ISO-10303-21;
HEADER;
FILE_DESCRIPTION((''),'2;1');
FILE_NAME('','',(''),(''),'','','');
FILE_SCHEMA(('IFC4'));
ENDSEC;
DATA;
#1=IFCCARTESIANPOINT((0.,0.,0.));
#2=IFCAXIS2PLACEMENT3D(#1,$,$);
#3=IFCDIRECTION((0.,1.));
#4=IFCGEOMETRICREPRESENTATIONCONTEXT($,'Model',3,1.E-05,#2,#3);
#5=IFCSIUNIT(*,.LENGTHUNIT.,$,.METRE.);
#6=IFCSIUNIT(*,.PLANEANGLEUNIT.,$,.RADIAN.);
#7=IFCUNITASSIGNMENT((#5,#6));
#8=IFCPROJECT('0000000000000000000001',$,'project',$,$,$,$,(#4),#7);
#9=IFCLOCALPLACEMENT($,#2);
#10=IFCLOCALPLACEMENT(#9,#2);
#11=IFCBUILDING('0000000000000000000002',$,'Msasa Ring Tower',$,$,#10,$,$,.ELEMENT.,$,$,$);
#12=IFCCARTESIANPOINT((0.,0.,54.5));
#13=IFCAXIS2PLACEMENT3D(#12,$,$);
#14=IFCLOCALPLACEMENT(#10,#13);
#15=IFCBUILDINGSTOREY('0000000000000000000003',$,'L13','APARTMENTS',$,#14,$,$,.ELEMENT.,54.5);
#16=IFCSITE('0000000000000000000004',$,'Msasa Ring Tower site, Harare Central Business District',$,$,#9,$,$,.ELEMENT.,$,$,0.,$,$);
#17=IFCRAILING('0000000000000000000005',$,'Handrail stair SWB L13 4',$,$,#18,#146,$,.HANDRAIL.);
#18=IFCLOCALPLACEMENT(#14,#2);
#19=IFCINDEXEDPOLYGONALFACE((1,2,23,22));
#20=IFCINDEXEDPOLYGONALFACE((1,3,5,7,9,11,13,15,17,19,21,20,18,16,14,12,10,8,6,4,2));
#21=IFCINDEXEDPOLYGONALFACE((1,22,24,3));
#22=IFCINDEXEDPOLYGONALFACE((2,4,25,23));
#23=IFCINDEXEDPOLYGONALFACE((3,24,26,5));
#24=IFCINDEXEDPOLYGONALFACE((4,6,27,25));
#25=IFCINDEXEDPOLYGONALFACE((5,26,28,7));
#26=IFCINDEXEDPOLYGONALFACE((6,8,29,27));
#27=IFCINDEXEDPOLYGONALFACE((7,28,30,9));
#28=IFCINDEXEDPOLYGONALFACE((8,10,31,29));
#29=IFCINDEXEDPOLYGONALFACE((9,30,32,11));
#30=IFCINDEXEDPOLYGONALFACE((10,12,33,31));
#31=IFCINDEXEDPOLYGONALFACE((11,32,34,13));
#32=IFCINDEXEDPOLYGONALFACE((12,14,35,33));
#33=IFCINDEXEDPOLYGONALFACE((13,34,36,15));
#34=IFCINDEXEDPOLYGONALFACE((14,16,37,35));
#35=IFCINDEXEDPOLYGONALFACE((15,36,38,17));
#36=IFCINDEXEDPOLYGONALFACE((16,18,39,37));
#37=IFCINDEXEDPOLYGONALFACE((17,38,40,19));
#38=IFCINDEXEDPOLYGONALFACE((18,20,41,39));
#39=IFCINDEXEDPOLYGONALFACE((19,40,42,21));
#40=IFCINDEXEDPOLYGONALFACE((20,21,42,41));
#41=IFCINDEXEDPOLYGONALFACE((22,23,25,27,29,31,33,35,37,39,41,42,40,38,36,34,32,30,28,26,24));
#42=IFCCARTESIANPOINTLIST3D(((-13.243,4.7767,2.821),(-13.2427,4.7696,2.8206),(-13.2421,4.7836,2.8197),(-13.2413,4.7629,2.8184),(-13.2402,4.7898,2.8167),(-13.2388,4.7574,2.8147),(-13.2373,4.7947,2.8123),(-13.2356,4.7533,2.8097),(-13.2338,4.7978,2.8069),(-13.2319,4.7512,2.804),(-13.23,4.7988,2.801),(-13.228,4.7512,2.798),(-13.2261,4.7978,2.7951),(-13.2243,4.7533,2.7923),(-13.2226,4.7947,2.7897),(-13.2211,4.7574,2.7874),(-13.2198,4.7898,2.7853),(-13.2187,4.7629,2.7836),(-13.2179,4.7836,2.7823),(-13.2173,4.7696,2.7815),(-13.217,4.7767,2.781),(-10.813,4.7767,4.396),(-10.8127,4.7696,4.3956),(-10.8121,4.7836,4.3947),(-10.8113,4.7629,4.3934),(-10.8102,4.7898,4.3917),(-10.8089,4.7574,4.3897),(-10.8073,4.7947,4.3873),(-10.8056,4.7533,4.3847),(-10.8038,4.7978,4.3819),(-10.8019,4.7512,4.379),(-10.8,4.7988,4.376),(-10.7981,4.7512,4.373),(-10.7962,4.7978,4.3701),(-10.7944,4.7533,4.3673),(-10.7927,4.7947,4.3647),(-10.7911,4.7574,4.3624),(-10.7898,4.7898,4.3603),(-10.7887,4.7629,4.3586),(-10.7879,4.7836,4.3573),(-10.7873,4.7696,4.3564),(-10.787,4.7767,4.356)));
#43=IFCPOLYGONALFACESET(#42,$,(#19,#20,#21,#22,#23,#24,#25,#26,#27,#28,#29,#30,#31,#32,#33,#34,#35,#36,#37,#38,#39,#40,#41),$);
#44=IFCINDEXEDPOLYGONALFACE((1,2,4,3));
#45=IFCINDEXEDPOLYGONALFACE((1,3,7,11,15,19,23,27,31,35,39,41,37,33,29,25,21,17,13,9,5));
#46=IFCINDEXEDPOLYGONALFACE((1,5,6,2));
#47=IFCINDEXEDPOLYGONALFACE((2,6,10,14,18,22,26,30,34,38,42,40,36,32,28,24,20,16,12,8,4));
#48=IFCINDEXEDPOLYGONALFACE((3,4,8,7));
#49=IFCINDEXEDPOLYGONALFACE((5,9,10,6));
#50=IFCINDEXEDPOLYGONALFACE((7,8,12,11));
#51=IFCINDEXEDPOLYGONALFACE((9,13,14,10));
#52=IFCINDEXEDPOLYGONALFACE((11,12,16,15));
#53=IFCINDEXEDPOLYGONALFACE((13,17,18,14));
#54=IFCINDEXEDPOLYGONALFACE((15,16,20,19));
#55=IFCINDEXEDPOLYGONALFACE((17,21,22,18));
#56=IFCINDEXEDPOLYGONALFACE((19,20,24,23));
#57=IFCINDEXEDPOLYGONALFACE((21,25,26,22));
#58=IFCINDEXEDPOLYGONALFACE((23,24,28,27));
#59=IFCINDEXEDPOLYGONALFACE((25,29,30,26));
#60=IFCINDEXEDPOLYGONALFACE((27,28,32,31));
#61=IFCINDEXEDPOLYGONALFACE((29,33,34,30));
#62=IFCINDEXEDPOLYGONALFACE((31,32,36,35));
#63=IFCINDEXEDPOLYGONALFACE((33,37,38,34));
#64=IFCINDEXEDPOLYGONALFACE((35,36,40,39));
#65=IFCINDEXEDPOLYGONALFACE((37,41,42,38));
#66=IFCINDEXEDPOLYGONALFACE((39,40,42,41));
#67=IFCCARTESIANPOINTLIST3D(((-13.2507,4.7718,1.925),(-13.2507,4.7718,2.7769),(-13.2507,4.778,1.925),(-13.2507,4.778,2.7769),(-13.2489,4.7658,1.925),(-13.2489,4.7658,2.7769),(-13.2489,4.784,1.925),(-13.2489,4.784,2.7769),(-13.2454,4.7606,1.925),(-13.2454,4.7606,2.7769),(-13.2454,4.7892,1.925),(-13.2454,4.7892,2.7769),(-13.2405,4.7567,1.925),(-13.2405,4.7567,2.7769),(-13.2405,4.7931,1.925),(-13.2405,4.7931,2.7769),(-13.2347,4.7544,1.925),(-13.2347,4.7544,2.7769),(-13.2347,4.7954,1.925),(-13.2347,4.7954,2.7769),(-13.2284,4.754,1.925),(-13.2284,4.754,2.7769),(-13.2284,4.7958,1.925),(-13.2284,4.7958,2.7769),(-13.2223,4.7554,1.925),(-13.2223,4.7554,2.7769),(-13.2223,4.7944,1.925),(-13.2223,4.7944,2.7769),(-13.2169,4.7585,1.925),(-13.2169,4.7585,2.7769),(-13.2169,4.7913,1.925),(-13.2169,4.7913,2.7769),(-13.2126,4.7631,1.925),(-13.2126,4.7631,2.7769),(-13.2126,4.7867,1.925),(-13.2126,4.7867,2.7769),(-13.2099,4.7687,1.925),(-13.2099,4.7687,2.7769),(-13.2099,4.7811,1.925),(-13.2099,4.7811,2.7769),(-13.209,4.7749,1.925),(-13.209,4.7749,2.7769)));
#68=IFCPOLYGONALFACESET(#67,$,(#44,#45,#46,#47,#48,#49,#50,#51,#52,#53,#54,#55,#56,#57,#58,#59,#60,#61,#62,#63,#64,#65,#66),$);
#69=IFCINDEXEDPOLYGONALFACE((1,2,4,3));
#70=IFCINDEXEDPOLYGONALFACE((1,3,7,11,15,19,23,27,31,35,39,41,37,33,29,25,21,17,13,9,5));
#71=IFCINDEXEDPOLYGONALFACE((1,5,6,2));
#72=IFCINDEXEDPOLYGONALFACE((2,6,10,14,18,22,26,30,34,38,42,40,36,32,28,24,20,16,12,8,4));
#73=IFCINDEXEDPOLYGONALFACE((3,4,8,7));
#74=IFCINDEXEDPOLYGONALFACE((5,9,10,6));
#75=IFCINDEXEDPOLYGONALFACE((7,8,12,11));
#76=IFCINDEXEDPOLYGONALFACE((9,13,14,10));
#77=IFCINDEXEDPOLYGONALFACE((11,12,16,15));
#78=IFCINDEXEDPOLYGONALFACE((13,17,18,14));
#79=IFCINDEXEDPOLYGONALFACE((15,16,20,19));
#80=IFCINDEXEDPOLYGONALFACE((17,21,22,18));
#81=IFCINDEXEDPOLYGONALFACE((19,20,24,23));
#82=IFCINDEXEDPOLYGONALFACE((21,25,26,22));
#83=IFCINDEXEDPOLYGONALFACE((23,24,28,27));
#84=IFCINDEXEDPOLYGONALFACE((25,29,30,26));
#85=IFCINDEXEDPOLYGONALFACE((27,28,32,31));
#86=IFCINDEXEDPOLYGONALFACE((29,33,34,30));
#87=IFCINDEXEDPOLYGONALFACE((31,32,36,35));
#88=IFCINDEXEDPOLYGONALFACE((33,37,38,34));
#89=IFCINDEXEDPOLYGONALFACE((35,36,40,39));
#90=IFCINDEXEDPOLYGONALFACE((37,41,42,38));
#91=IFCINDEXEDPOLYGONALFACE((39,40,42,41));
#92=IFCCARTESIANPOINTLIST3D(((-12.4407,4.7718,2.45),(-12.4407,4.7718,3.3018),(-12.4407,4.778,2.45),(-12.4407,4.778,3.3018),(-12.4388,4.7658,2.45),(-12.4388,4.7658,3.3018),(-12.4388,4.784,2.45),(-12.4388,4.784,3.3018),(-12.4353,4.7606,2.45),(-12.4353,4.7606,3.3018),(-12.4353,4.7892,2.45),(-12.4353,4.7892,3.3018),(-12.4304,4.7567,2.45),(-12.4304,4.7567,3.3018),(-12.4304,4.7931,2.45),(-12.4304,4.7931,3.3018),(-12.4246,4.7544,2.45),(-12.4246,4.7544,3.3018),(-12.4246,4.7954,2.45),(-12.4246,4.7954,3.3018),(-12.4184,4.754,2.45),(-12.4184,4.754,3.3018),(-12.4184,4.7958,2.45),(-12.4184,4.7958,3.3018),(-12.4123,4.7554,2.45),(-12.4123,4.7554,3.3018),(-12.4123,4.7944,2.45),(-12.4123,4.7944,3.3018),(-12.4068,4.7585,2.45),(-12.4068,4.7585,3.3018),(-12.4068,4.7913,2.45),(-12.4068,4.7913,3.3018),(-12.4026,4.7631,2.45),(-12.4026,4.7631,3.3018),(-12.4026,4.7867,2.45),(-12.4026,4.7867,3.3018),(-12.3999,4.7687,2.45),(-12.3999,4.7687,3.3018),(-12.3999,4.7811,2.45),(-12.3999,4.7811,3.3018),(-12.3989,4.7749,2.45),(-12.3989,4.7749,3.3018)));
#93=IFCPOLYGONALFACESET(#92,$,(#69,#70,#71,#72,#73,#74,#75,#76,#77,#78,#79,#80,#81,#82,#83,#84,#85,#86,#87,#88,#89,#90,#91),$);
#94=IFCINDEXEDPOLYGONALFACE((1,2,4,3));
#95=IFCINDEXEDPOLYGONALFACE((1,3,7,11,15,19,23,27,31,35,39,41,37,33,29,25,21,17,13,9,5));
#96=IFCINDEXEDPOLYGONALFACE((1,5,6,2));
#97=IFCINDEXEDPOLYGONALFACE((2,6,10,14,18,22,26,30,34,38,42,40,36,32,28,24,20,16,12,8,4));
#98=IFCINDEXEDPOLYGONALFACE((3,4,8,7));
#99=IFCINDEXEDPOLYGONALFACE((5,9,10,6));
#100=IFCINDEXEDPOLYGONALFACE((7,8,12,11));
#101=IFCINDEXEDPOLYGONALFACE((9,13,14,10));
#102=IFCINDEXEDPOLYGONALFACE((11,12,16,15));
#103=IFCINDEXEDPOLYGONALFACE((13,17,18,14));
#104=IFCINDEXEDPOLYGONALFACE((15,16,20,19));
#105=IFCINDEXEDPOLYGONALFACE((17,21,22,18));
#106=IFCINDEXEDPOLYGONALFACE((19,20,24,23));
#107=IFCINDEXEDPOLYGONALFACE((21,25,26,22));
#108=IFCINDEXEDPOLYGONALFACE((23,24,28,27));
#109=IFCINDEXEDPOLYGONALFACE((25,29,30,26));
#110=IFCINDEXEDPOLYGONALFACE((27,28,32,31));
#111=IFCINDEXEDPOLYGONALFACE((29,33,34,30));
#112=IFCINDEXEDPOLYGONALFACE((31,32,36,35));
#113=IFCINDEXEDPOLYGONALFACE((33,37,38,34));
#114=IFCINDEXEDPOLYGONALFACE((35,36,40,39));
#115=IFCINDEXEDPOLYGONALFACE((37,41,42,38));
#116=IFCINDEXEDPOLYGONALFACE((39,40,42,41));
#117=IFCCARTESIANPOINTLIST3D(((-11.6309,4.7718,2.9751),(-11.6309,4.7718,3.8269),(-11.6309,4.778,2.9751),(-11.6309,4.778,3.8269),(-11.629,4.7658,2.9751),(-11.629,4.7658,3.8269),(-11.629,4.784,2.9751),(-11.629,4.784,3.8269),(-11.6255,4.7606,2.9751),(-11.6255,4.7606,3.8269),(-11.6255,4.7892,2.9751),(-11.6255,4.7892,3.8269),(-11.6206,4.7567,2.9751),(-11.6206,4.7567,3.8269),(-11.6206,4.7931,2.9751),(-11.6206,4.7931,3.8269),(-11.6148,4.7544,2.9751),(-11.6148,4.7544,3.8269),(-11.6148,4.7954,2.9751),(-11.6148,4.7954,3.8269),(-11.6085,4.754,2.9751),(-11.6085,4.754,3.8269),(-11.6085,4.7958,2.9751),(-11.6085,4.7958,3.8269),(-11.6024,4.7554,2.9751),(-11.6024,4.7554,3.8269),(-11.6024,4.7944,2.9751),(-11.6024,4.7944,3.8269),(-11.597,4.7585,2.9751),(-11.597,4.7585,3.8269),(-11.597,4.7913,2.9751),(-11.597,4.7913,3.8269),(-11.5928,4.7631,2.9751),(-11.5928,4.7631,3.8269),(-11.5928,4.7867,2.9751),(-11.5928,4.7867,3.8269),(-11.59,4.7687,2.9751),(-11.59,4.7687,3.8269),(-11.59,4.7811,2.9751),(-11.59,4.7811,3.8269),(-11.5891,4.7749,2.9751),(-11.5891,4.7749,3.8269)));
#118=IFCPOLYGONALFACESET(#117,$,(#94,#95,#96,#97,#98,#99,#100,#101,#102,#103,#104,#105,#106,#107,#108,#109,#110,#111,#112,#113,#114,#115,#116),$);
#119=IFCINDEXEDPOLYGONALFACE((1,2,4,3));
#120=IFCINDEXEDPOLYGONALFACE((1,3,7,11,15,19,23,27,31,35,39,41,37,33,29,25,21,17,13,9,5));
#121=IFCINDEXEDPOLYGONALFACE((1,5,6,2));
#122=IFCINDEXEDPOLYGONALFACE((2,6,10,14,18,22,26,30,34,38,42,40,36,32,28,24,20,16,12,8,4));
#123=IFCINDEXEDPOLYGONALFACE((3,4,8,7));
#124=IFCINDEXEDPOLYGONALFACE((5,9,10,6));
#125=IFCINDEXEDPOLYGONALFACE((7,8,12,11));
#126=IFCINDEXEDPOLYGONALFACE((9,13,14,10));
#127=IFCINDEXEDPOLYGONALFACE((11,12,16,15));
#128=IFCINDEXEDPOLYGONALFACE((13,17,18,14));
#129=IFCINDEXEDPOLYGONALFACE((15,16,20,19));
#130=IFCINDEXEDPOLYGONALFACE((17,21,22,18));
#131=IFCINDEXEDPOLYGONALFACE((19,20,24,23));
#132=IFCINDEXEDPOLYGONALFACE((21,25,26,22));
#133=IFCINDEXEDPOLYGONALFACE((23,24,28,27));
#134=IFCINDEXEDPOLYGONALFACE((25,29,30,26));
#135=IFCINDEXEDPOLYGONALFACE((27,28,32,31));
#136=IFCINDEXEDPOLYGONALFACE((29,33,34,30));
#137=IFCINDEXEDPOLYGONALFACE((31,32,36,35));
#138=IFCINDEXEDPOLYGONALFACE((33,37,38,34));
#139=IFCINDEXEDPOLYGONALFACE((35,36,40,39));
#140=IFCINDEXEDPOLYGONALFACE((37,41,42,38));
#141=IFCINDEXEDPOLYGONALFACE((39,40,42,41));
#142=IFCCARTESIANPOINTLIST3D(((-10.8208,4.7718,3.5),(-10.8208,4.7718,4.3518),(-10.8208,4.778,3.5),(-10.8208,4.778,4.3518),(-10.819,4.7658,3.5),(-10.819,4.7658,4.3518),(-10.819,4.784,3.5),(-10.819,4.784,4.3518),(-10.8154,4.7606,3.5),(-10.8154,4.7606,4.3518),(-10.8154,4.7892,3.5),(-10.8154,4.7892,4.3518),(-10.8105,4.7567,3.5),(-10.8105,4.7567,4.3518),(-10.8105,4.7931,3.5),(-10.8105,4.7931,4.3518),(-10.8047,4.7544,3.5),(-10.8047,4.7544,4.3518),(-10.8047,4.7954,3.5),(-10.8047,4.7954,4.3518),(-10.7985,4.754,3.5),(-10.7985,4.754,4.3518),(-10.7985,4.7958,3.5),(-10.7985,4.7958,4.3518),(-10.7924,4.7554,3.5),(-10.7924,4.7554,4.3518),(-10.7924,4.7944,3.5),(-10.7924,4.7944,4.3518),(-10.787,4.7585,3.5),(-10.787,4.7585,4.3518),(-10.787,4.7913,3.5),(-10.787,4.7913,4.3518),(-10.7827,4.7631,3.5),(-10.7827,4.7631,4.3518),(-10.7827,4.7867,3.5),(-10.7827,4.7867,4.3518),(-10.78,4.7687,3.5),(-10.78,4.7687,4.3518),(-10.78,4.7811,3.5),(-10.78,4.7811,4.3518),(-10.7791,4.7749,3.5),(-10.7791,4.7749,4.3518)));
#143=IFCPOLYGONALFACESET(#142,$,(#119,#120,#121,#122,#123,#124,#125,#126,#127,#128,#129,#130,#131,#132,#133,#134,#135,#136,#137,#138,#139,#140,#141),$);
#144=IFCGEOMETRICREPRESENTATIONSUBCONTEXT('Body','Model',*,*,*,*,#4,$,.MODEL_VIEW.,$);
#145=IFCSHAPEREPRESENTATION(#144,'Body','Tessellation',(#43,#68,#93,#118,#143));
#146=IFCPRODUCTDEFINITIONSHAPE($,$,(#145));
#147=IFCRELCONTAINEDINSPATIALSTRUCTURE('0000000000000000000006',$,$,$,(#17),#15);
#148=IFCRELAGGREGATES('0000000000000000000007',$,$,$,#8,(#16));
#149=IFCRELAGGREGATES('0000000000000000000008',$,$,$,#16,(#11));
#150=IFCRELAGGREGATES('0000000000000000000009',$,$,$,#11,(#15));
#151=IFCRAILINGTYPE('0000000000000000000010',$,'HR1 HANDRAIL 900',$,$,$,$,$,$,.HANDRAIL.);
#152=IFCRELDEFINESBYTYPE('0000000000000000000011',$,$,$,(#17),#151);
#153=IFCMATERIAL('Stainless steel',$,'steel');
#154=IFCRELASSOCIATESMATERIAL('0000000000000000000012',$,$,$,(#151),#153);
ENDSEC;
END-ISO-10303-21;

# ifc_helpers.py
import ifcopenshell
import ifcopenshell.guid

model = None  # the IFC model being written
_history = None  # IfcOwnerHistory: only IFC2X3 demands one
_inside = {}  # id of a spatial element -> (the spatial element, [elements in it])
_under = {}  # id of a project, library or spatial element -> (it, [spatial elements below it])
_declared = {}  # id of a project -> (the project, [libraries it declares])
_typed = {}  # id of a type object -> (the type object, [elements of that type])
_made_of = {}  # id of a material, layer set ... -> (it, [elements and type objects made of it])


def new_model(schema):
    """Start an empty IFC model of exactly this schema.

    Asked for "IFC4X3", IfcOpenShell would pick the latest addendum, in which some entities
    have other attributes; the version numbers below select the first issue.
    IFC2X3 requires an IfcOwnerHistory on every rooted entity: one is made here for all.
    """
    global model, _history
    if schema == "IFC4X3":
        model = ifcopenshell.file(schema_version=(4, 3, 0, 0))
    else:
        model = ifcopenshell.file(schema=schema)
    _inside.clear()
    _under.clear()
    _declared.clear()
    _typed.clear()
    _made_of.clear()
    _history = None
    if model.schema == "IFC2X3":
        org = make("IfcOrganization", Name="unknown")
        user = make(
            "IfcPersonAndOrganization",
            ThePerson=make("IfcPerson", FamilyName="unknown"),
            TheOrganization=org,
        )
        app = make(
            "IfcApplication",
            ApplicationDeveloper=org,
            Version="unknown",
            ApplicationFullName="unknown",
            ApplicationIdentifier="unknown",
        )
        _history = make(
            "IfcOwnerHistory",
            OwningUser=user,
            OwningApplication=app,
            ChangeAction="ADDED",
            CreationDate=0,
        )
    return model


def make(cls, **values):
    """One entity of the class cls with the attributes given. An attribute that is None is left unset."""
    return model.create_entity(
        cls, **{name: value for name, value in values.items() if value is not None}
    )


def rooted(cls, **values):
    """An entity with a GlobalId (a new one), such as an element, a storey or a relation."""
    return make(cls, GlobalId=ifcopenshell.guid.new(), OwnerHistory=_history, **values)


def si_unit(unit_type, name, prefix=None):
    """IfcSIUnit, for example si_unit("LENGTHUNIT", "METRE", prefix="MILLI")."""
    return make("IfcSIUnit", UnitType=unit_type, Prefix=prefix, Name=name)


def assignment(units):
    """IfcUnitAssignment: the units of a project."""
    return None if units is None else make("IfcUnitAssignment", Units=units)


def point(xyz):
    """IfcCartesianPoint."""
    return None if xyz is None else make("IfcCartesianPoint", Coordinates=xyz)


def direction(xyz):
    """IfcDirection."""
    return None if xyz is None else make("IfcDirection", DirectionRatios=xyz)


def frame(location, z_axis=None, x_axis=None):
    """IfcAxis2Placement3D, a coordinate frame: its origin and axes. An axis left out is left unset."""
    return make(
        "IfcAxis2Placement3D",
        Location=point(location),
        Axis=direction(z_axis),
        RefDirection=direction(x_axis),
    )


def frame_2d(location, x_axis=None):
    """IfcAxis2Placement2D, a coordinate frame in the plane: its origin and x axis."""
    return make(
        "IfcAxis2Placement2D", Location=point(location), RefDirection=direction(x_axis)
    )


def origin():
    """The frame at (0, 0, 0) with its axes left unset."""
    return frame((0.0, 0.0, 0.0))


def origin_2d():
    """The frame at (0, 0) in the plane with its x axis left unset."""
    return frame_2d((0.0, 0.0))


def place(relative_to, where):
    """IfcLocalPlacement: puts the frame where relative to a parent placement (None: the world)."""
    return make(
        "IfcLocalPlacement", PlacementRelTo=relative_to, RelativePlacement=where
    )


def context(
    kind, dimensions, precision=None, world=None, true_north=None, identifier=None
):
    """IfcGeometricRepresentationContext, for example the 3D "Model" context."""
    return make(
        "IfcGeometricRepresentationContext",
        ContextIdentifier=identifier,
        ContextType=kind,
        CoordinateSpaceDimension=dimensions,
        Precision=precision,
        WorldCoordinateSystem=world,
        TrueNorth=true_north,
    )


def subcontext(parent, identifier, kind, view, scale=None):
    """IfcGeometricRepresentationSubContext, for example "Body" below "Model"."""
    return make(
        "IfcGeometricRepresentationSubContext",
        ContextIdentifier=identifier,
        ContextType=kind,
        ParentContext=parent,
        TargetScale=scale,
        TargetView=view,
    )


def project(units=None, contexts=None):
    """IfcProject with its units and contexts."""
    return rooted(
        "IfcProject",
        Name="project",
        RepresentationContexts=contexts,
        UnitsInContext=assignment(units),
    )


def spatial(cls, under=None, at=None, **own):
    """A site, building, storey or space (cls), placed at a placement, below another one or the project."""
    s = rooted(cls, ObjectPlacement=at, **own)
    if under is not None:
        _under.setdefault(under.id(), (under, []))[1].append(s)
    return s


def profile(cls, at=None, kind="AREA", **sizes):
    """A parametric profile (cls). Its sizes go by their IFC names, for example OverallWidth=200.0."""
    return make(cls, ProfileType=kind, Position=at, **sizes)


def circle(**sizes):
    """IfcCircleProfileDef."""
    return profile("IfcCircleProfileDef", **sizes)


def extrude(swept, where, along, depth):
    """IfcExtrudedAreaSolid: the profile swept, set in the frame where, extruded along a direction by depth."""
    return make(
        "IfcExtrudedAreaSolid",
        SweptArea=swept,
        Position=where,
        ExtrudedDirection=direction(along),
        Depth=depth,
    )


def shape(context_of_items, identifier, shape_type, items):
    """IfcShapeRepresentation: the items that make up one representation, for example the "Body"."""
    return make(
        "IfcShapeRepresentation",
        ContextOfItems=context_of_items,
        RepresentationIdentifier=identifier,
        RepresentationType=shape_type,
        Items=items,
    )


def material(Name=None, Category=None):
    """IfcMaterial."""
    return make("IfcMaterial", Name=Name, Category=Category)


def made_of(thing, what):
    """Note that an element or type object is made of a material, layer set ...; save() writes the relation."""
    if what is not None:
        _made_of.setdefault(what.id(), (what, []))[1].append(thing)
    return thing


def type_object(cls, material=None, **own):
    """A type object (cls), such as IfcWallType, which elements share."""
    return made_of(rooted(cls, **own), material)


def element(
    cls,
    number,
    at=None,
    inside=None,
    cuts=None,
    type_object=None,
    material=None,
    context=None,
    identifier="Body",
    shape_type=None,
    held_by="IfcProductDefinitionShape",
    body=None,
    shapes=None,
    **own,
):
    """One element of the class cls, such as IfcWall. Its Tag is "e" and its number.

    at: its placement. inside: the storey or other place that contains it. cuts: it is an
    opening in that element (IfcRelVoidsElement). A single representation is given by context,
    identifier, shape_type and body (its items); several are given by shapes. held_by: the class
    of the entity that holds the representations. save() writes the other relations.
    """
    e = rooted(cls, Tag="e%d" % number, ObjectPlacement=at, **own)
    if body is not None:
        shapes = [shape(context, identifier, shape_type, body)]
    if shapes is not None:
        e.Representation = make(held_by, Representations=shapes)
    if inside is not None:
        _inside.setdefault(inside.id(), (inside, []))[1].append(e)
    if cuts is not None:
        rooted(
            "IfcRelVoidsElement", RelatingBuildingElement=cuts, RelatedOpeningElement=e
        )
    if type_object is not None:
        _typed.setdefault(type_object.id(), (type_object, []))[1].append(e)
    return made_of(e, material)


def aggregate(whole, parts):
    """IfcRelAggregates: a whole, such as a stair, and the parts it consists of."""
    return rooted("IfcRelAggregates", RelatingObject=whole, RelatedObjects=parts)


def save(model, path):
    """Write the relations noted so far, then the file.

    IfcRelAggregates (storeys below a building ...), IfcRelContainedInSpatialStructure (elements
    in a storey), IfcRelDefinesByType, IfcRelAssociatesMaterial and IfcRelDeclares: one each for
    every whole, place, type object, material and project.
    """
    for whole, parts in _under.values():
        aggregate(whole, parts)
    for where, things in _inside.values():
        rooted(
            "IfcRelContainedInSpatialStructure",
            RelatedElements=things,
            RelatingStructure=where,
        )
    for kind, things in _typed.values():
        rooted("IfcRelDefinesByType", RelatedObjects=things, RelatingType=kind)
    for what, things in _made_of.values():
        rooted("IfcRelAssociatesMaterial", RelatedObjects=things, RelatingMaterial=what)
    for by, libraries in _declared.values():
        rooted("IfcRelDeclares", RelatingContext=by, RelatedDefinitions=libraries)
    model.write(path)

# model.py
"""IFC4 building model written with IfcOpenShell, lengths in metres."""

from ifc_helpers import new_model, si_unit, direction, frame, origin, origin_2d, place, context, subcontext, project, spatial, circle, extrude, material, type_object, element, save


model = new_model("IFC4")

# Units and contexts
model_context = context("Model", 3, precision=1e-05, world=origin(), true_north=direction((0.0, 1.0)))
body_context = subcontext(model_context, "Body", "Model", "MODEL_VIEW")
ifc_project = project(units=[si_unit("LENGTHUNIT", "METRE"), si_unit("PLANEANGLEUNIT", "RADIAN")], contexts=[model_context])

# Site, building, storey
site_placement = place(None, origin())
site = spatial("IfcSite", under=ifc_project, at=site_placement, Name="Msasa Ring Tower site, Harare Central Business District", CompositionType="ELEMENT", RefElevation=0.0)
building_placement = place(site_placement, origin())
building = spatial("IfcBuilding", under=site, at=building_placement, Name="Msasa Ring Tower", CompositionType="ELEMENT")
storey_placement = place(building_placement, frame((0.0, 0.0, 54.5)))
storey = spatial("IfcBuildingStorey", under=building, at=storey_placement, Name="L13", Description="APARTMENTS", CompositionType="ELEMENT", Elevation=54.5)

# Railing
ifc_material_1 = material(Name="Stainless steel", Category="steel")
railing_type = type_object("IfcRailingType", Name="HR1 HANDRAIL 900", PredefinedType="HANDRAIL", material=ifc_material_1)
for number, where, name in (
    (1, (-13.23, 4.7749, 1.925), "Handrail stair SWB L13 4"),
):
    element("IfcRailing", number, at=place(storey_placement, frame(where)), inside=storey, type_object=railing_type, Name=name, PredefinedType="HANDRAIL", context=body_context, shape_type="SweptSolid", body=[
        extrude(circle(Radius=0.0239, at=origin_2d()), frame((0.0, 0.0, 0.876), z_axis=(0.839154, 0.0, 0.543894), x_axis=(0.0, 1.0, 0.0)), (0.0, 0.0, 1.0), 2.8958),
        extrude(circle(Radius=0.021, at=origin_2d()), origin(), (0.0, 0.0, 1.0), 0.8518),
        extrude(circle(Radius=0.021, at=origin_2d()), frame((0.8101, 0.0, 0.5249)), (0.0, 0.0, 1.0), 0.8518),
        extrude(circle(Radius=0.021, at=origin_2d()), frame((1.6199, 0.0, 1.05)), (0.0, 0.0, 1.0), 0.8518),
        extrude(circle(Radius=0.021, at=origin_2d()), frame((2.4299, 0.0, 1.575)), (0.0, 0.0, 1.0), 0.8518),
    ])

save(model, "model.ifc")
